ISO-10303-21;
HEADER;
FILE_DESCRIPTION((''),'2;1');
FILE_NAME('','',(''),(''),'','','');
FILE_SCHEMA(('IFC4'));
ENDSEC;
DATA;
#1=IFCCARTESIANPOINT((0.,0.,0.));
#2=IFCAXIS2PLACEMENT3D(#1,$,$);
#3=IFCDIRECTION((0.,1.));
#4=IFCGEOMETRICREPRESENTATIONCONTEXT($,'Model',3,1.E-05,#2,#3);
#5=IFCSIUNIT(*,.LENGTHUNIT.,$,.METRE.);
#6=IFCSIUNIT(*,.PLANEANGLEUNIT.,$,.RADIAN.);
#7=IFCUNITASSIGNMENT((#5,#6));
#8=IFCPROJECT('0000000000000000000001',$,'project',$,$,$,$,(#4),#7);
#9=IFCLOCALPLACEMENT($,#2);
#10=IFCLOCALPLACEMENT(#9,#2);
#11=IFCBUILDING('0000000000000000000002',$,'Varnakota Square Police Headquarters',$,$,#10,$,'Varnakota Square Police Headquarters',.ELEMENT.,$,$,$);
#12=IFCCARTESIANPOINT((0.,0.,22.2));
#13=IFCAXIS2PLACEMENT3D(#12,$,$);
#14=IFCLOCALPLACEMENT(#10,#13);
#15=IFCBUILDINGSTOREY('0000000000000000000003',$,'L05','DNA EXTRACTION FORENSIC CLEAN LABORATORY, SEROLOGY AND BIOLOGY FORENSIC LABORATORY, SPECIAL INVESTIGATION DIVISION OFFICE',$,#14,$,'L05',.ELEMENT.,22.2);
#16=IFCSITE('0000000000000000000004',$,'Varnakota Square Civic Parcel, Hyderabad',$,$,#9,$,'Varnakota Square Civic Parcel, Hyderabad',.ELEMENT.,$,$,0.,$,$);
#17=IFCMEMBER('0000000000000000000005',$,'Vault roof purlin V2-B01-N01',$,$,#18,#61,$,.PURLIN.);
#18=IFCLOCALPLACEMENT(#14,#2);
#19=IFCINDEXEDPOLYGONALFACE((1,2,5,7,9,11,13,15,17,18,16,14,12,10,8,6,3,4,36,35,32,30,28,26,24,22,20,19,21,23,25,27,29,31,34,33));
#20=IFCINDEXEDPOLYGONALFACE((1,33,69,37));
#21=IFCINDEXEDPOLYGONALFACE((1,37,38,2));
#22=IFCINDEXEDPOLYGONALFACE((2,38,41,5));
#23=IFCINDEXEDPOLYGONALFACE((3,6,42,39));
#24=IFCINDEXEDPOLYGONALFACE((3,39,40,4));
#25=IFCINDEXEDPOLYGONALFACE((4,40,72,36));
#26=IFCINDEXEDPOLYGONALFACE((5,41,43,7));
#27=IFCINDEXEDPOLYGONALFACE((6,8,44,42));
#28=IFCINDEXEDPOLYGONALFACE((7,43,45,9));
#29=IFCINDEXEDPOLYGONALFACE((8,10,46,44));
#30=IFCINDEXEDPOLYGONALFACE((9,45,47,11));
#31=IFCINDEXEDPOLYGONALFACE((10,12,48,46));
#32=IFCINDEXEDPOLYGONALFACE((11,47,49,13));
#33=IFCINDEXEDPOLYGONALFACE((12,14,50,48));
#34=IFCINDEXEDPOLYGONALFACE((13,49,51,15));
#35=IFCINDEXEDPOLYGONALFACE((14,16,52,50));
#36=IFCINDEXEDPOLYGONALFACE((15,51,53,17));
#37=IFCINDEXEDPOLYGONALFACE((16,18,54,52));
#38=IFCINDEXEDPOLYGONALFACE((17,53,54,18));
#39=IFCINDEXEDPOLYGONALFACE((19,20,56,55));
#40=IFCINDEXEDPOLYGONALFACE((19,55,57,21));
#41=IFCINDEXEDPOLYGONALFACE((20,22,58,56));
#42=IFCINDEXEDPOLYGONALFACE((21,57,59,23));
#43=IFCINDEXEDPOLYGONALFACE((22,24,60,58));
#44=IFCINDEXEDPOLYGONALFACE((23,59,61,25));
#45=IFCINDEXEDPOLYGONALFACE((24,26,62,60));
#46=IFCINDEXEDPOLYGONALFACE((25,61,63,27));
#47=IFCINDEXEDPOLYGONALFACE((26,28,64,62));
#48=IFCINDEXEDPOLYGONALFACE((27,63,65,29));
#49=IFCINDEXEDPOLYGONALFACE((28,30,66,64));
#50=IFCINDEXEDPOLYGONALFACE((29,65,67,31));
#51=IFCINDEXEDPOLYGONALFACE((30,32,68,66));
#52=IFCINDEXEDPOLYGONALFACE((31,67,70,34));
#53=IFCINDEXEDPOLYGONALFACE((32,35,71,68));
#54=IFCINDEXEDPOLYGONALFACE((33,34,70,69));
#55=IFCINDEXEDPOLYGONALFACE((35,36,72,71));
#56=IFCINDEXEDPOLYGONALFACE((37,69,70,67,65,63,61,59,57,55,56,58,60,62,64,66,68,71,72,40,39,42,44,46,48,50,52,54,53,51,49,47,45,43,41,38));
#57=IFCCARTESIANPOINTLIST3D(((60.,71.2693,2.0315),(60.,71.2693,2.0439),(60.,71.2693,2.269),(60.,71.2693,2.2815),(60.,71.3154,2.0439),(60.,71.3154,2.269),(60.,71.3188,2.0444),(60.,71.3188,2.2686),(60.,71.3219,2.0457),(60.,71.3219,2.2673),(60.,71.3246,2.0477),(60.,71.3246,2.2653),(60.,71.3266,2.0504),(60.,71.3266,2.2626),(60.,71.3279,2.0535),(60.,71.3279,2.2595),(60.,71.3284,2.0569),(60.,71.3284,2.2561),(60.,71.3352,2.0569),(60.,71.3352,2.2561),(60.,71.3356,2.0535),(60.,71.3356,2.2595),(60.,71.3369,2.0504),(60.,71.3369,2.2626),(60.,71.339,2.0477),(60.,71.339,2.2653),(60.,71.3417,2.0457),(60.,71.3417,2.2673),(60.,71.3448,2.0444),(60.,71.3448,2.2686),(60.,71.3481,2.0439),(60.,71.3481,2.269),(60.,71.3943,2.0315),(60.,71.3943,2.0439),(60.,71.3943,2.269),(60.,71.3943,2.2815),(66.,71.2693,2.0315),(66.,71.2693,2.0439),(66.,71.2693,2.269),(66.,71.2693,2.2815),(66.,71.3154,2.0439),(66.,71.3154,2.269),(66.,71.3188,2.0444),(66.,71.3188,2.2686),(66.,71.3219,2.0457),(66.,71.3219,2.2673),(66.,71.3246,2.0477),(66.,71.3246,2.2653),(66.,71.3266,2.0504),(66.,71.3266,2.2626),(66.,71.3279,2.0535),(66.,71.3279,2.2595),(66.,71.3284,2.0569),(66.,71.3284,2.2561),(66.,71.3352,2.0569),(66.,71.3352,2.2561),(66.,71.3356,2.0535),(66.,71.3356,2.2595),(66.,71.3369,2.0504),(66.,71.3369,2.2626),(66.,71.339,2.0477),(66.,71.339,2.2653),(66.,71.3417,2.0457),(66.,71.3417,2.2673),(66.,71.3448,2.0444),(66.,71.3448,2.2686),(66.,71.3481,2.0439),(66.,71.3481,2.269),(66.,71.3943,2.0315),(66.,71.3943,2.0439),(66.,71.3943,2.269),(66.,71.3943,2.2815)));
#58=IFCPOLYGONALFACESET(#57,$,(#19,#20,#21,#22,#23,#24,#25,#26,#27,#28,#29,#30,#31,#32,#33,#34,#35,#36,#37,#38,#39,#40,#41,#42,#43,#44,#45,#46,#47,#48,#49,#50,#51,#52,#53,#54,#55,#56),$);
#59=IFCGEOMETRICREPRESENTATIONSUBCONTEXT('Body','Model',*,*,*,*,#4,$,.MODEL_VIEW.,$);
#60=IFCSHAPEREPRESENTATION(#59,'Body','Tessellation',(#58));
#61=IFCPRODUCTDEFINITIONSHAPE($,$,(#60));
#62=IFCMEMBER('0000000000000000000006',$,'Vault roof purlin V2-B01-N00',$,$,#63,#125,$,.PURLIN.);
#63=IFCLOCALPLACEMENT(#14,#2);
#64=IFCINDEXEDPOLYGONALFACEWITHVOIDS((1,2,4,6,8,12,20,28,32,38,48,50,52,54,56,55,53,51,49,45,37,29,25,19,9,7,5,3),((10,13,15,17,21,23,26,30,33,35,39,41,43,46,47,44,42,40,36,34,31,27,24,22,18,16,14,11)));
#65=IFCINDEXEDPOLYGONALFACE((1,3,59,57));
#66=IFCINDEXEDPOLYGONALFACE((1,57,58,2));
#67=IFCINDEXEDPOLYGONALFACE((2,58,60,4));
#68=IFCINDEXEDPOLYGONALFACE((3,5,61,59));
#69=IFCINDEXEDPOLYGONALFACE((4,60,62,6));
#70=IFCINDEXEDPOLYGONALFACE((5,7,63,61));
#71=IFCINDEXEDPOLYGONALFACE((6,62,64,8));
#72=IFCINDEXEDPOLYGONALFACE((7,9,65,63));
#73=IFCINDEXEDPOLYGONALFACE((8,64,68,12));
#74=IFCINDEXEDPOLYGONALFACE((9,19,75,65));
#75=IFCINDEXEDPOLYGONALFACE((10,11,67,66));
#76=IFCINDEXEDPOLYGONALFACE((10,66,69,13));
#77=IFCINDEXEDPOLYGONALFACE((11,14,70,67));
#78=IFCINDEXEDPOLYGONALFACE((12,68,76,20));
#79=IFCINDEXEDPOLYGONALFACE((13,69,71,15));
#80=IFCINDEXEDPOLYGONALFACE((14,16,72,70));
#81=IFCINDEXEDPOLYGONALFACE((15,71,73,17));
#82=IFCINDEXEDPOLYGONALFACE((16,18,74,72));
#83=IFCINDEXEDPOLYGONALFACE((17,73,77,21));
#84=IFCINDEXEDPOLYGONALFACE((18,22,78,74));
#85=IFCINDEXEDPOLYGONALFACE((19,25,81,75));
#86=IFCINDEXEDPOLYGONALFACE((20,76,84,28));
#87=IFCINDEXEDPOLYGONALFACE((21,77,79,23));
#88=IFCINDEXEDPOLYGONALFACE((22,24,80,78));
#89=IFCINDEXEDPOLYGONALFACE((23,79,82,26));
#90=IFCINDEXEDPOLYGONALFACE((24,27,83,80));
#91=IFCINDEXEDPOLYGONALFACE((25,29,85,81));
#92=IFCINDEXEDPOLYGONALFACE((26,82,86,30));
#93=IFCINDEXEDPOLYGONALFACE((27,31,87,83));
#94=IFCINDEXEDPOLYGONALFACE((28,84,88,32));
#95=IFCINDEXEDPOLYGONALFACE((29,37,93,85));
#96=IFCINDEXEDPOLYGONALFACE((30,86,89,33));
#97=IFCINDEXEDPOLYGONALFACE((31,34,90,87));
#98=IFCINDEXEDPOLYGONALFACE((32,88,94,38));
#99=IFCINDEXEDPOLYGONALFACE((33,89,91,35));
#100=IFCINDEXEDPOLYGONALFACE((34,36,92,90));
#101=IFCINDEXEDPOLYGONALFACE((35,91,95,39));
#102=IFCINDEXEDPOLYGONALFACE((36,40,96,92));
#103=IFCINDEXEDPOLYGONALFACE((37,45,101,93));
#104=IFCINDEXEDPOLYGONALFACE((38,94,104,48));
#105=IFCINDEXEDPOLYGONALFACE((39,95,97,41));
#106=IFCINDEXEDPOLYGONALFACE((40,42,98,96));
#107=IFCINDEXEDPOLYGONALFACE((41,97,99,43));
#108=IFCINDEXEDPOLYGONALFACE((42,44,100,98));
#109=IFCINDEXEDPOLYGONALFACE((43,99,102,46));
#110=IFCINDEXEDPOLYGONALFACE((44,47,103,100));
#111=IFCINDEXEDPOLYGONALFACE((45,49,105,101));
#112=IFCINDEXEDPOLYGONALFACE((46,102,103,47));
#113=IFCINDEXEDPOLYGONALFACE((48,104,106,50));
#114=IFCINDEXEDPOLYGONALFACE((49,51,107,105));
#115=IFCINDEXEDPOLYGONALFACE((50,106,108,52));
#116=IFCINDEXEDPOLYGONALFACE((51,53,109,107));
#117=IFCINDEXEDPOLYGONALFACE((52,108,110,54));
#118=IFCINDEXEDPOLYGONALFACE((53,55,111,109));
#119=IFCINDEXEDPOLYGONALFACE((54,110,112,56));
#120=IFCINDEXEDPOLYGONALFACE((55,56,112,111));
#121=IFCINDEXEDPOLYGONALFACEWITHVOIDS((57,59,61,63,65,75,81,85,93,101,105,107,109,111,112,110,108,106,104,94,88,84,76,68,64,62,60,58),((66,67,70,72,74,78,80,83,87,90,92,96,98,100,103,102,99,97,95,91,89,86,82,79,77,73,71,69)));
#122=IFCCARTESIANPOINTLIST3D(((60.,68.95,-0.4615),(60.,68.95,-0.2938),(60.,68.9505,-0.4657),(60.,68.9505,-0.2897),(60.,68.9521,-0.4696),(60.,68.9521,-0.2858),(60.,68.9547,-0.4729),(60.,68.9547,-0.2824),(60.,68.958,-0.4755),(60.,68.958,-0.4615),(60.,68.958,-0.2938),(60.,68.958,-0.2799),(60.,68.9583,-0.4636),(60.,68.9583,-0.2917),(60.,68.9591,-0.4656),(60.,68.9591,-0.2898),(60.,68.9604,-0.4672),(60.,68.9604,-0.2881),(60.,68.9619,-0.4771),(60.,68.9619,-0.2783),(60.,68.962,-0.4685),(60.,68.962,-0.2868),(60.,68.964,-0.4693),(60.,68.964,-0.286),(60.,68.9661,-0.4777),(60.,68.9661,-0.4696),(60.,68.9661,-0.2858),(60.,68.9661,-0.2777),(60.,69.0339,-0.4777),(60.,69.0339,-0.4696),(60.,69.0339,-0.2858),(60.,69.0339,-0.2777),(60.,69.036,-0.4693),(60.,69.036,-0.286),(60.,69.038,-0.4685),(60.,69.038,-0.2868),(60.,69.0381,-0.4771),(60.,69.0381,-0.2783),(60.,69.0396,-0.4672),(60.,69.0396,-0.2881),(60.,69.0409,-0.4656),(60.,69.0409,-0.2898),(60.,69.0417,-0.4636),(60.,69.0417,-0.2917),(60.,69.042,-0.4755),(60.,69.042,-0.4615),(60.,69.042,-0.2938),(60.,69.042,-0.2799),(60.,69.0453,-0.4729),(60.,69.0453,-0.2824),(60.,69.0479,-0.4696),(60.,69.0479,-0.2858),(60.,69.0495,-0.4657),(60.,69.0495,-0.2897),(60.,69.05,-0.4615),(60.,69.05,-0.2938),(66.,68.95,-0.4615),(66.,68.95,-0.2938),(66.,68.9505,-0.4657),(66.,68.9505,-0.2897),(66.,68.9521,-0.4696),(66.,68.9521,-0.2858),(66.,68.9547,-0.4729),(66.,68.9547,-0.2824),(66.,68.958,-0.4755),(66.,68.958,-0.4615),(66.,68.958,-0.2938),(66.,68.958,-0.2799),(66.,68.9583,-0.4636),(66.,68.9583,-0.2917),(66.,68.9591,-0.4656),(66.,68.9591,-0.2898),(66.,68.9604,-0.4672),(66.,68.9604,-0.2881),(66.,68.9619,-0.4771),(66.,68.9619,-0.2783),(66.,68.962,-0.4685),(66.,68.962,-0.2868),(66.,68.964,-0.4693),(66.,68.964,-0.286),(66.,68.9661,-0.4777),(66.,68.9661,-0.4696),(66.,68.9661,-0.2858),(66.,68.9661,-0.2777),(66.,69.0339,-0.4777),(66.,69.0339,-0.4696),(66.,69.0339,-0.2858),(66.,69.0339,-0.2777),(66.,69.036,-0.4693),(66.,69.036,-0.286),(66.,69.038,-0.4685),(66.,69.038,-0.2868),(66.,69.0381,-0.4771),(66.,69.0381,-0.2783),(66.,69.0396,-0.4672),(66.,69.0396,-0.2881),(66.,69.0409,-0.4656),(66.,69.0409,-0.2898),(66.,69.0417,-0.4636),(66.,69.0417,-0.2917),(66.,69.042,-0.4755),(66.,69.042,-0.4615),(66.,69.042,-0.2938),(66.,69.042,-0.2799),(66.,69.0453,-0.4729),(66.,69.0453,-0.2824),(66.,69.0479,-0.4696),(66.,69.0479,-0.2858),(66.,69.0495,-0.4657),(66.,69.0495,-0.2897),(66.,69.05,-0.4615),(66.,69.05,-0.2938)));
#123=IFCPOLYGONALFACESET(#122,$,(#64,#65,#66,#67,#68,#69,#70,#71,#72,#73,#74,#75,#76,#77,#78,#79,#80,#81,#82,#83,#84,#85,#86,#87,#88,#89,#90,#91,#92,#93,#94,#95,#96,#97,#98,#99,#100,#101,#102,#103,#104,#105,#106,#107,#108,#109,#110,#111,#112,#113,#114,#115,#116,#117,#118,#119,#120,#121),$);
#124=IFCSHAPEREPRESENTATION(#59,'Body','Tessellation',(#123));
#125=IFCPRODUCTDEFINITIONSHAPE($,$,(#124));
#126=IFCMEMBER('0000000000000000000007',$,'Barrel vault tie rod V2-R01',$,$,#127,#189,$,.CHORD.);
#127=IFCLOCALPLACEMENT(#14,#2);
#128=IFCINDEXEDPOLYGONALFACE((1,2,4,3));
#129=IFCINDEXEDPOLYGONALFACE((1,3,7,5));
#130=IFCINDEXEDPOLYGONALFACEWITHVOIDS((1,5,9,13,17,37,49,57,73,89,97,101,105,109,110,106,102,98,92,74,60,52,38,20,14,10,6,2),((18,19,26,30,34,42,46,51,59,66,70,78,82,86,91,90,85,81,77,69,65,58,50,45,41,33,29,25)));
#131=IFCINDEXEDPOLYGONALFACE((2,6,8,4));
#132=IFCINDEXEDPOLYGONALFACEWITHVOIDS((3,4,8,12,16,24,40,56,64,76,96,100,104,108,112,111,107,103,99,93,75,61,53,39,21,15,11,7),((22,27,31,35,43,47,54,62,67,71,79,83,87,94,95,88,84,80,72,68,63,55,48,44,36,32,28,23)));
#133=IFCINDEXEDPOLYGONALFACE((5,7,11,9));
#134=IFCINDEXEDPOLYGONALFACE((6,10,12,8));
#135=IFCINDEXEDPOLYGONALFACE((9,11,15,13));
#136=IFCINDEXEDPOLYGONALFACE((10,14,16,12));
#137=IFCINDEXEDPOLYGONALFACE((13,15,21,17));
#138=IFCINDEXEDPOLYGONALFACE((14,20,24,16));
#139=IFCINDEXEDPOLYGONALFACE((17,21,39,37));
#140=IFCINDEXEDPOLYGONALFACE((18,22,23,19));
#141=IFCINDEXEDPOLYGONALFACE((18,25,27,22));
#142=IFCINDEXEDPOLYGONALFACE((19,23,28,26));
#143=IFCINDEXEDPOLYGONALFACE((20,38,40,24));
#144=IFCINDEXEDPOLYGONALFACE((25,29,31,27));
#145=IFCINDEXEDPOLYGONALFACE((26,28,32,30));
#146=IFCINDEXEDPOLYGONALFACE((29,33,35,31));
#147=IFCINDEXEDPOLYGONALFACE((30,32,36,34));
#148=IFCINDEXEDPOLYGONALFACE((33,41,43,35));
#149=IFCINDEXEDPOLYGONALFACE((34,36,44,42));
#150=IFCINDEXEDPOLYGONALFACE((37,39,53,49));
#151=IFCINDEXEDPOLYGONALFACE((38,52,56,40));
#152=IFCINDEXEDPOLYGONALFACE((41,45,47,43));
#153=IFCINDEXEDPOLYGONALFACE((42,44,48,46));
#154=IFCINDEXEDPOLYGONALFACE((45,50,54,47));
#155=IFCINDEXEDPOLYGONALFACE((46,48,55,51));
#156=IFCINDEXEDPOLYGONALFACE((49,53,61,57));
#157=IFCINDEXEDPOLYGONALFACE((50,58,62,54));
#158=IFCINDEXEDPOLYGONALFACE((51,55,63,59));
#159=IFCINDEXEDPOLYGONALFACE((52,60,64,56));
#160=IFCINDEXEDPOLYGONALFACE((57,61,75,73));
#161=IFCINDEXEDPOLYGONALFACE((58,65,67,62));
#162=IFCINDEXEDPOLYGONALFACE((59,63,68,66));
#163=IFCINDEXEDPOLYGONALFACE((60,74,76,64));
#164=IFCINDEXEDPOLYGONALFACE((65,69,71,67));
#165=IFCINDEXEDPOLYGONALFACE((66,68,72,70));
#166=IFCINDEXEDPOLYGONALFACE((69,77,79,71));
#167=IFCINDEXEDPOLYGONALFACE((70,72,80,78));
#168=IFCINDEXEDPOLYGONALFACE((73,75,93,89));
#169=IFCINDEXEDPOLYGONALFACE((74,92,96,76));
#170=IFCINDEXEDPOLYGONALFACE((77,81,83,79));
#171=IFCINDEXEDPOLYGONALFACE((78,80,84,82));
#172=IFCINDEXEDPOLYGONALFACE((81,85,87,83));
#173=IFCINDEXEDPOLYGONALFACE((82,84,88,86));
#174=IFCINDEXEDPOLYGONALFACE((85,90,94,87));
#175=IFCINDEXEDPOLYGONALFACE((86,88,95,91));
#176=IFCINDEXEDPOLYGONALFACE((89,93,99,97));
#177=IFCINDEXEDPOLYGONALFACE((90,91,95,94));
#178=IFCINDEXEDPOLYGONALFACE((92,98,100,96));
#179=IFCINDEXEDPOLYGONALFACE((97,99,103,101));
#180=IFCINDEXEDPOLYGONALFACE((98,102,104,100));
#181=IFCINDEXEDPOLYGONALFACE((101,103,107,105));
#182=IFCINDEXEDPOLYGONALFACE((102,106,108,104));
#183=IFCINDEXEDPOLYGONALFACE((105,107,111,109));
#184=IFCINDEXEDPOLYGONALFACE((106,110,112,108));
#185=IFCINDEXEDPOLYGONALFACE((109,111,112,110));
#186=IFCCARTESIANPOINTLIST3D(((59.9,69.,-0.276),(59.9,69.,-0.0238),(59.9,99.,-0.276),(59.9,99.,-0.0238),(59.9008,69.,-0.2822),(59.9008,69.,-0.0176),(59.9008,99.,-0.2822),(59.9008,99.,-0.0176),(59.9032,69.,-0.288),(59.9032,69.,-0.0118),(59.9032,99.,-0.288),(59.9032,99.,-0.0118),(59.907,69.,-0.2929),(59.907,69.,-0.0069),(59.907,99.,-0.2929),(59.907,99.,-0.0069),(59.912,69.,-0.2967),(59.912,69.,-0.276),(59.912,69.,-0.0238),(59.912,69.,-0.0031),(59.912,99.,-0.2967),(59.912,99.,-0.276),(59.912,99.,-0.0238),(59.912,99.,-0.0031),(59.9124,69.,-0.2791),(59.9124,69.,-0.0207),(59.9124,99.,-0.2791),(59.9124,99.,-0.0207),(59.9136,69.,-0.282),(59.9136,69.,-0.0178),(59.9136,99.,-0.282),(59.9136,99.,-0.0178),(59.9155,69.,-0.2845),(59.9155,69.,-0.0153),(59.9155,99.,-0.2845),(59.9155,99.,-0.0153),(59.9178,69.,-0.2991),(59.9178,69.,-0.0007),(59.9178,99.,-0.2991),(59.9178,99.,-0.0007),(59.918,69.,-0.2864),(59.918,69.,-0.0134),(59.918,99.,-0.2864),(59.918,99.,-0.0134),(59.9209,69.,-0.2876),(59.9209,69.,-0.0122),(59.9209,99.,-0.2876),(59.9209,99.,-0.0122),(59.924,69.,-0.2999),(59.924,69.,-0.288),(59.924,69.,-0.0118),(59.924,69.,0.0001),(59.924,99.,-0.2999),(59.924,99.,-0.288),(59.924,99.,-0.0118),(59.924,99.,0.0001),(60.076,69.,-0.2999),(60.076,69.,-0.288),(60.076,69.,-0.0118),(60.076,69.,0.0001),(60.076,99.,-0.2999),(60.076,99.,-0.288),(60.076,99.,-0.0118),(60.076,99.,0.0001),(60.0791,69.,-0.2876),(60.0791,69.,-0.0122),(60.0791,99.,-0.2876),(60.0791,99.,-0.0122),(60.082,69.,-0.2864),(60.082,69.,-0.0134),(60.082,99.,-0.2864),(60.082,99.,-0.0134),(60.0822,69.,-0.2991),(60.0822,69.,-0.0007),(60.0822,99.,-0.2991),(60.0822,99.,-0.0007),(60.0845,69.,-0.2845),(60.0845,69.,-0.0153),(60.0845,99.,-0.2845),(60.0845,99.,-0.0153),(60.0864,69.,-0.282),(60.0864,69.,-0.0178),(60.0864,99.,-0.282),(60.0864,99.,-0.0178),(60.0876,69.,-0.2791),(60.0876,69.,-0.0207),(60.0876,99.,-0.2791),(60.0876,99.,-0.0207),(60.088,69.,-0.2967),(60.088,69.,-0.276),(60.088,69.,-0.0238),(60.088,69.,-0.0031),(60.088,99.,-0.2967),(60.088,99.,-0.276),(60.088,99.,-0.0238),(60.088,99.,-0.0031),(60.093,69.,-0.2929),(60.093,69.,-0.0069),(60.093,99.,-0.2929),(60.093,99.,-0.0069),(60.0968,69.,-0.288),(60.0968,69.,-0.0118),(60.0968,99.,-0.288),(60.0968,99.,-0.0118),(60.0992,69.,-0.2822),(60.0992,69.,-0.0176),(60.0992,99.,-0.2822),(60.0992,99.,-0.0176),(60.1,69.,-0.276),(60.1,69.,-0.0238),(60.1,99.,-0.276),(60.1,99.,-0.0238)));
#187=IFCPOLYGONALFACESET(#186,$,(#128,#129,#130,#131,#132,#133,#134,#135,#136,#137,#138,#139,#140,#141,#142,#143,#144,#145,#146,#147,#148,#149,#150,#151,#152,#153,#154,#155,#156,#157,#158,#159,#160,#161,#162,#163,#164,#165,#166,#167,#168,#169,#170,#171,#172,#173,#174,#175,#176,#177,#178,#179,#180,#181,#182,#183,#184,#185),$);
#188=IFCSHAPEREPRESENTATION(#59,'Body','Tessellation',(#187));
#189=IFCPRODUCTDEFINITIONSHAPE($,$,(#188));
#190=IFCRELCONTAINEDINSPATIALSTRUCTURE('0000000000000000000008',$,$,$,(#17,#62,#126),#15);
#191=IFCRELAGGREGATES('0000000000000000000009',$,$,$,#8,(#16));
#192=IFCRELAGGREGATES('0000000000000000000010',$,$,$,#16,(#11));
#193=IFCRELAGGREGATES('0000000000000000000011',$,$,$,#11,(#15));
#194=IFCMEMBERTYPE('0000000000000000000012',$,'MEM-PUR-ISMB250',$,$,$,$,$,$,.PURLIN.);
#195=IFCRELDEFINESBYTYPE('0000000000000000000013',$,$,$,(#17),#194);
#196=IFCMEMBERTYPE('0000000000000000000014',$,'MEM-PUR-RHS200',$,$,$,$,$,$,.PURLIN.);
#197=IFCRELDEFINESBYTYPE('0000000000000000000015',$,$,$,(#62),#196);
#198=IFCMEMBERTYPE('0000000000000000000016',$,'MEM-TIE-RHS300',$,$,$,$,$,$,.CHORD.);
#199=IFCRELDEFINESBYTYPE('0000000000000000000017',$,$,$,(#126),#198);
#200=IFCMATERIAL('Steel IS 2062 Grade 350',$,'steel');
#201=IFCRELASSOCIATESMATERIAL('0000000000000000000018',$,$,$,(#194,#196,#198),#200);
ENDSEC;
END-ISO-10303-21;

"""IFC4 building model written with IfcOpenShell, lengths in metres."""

from ifc_helpers import new_model, si_unit, direction, frame, origin, origin_2d, place, context, subcontext, project, spatial, hollow_rectangle, i_section, extrude, material, material_profile, profile_set, type_object, element, save


model = new_model("IFC4")

# Units and contexts
model_context = context("Model", 3, precision=1e-05, world=origin(), true_north=direction((0.0, 1.0)))
body_context = subcontext(model_context, "Body", "Model", "MODEL_VIEW")
ifc_project = project(units=[si_unit("LENGTHUNIT", "METRE"), si_unit("PLANEANGLEUNIT", "RADIAN")], contexts=[model_context])

# Site, building, storey
site_placement = place(None, origin())
site = spatial("IfcSite", under=ifc_project, at=site_placement, Name="Varnakota Square Civic Parcel, Hyderabad", LongName="Varnakota Square Civic Parcel, Hyderabad", CompositionType="ELEMENT", RefElevation=0.0)
building_placement = place(site_placement, origin())
building = spatial("IfcBuilding", under=site, at=building_placement, Name="Varnakota Square Police Headquarters", LongName="Varnakota Square Police Headquarters", CompositionType="ELEMENT")
storey_placement = place(building_placement, frame((0.0, 0.0, 22.2)))
storey = spatial("IfcBuildingStorey", under=building, at=storey_placement, Name="L05", Description="DNA EXTRACTION FORENSIC CLEAN LABORATORY, SEROLOGY AND BIOLOGY FORENSIC LABORATORY, SPECIAL INVESTIGATION DIVISION OFFICE", LongName="L05", CompositionType="ELEMENT", Elevation=22.2)

# Shared definitions
ifc_material_1 = material(Name="Steel IS 2062 Grade 350", Category="steel")

# Members
ifc_material_profile_1 = material_profile(ifc_material_1, i_section(OverallWidth=0.125, OverallDepth=0.25, WebThickness=0.0068, FlangeThickness=0.0125, FilletRadius=0.0129, at=origin_2d()), Name="ISMB 250")
ifc_profile_set_1 = profile_set([ifc_material_profile_1], Name="Steel IS 2062 Grade 350")
member_type_1 = type_object("IfcMemberType", Name="MEM-PUR-ISMB250", PredefinedType="PURLIN", material=ifc_profile_set_1)
member_1_placement = place(storey_placement, frame((60.0, 71.3318, 2.1565), z_axis=(1.0, 0.0, 0.0), x_axis=(0.0, 1.0, 0.0)))
element("IfcMember", 1, at=member_1_placement, inside=storey, type_object=member_type_1, Name="Vault roof purlin V2-B01-N01", PredefinedType="PURLIN", context=body_context, shape_type="SweptSolid", body=[
    extrude(i_section(OverallWidth=0.125, OverallDepth=0.25, WebThickness=0.0068, FlangeThickness=0.0125, FilletRadius=0.0129, at=origin_2d()), origin(), (0.0, 0.0, 1.0), 6.0),
])
ifc_material_profile_2 = material_profile(ifc_material_1, hollow_rectangle(XDim=0.1001, YDim=0.2, WallThickness=0.0081, InnerFilletRadius=0.0081, OuterFilletRadius=0.0161, at=origin_2d()), Name="RHS 200x100x8")
ifc_profile_set_2 = profile_set([ifc_material_profile_2], Name="Steel IS 2062 Grade 350")
member_type_2 = type_object("IfcMemberType", Name="MEM-PUR-RHS200", PredefinedType="PURLIN", material=ifc_profile_set_2)
member_2_placement = place(storey_placement, frame((60.0, 69.0, -0.3777), z_axis=(1.0, 0.0, 0.0), x_axis=(0.0, 1.0, 0.0)))
element("IfcMember", 2, at=member_2_placement, inside=storey, type_object=member_type_2, Name="Vault roof purlin V2-B01-N00", PredefinedType="PURLIN", context=body_context, shape_type="SweptSolid", body=[
    extrude(hollow_rectangle(XDim=0.1001, YDim=0.2, WallThickness=0.0081, InnerFilletRadius=0.0081, OuterFilletRadius=0.0161, at=origin_2d()), origin(), (0.0, 0.0, 1.0), 6.0),
])
ifc_material_profile_3 = material_profile(ifc_material_1, hollow_rectangle(XDim=0.2, YDim=0.3, WallThickness=0.012, InnerFilletRadius=0.012, OuterFilletRadius=0.0239, at=origin_2d()), Name="RHS 300x200x12")
ifc_profile_set_3 = profile_set([ifc_material_profile_3], Name="Steel IS 2062 Grade 350")
member_type_3 = type_object("IfcMemberType", Name="MEM-TIE-RHS300", PredefinedType="CHORD", material=ifc_profile_set_3)
member_3_placement = place(storey_placement, frame((60.0, 69.0, -0.1499), z_axis=(0.0, 1.0, 0.0), x_axis=(-1.0, 0.0, 0.0)))
element("IfcMember", 3, at=member_3_placement, inside=storey, type_object=member_type_3, Name="Barrel vault tie rod V2-R01", PredefinedType="CHORD", context=body_context, shape_type="SweptSolid", body=[
    extrude(hollow_rectangle(XDim=0.2, YDim=0.3, WallThickness=0.012, InnerFilletRadius=0.012, OuterFilletRadius=0.0239, at=origin_2d()), origin(), (0.0, 0.0, 1.0), 30.0),
])

save(model, "model.ifc")
